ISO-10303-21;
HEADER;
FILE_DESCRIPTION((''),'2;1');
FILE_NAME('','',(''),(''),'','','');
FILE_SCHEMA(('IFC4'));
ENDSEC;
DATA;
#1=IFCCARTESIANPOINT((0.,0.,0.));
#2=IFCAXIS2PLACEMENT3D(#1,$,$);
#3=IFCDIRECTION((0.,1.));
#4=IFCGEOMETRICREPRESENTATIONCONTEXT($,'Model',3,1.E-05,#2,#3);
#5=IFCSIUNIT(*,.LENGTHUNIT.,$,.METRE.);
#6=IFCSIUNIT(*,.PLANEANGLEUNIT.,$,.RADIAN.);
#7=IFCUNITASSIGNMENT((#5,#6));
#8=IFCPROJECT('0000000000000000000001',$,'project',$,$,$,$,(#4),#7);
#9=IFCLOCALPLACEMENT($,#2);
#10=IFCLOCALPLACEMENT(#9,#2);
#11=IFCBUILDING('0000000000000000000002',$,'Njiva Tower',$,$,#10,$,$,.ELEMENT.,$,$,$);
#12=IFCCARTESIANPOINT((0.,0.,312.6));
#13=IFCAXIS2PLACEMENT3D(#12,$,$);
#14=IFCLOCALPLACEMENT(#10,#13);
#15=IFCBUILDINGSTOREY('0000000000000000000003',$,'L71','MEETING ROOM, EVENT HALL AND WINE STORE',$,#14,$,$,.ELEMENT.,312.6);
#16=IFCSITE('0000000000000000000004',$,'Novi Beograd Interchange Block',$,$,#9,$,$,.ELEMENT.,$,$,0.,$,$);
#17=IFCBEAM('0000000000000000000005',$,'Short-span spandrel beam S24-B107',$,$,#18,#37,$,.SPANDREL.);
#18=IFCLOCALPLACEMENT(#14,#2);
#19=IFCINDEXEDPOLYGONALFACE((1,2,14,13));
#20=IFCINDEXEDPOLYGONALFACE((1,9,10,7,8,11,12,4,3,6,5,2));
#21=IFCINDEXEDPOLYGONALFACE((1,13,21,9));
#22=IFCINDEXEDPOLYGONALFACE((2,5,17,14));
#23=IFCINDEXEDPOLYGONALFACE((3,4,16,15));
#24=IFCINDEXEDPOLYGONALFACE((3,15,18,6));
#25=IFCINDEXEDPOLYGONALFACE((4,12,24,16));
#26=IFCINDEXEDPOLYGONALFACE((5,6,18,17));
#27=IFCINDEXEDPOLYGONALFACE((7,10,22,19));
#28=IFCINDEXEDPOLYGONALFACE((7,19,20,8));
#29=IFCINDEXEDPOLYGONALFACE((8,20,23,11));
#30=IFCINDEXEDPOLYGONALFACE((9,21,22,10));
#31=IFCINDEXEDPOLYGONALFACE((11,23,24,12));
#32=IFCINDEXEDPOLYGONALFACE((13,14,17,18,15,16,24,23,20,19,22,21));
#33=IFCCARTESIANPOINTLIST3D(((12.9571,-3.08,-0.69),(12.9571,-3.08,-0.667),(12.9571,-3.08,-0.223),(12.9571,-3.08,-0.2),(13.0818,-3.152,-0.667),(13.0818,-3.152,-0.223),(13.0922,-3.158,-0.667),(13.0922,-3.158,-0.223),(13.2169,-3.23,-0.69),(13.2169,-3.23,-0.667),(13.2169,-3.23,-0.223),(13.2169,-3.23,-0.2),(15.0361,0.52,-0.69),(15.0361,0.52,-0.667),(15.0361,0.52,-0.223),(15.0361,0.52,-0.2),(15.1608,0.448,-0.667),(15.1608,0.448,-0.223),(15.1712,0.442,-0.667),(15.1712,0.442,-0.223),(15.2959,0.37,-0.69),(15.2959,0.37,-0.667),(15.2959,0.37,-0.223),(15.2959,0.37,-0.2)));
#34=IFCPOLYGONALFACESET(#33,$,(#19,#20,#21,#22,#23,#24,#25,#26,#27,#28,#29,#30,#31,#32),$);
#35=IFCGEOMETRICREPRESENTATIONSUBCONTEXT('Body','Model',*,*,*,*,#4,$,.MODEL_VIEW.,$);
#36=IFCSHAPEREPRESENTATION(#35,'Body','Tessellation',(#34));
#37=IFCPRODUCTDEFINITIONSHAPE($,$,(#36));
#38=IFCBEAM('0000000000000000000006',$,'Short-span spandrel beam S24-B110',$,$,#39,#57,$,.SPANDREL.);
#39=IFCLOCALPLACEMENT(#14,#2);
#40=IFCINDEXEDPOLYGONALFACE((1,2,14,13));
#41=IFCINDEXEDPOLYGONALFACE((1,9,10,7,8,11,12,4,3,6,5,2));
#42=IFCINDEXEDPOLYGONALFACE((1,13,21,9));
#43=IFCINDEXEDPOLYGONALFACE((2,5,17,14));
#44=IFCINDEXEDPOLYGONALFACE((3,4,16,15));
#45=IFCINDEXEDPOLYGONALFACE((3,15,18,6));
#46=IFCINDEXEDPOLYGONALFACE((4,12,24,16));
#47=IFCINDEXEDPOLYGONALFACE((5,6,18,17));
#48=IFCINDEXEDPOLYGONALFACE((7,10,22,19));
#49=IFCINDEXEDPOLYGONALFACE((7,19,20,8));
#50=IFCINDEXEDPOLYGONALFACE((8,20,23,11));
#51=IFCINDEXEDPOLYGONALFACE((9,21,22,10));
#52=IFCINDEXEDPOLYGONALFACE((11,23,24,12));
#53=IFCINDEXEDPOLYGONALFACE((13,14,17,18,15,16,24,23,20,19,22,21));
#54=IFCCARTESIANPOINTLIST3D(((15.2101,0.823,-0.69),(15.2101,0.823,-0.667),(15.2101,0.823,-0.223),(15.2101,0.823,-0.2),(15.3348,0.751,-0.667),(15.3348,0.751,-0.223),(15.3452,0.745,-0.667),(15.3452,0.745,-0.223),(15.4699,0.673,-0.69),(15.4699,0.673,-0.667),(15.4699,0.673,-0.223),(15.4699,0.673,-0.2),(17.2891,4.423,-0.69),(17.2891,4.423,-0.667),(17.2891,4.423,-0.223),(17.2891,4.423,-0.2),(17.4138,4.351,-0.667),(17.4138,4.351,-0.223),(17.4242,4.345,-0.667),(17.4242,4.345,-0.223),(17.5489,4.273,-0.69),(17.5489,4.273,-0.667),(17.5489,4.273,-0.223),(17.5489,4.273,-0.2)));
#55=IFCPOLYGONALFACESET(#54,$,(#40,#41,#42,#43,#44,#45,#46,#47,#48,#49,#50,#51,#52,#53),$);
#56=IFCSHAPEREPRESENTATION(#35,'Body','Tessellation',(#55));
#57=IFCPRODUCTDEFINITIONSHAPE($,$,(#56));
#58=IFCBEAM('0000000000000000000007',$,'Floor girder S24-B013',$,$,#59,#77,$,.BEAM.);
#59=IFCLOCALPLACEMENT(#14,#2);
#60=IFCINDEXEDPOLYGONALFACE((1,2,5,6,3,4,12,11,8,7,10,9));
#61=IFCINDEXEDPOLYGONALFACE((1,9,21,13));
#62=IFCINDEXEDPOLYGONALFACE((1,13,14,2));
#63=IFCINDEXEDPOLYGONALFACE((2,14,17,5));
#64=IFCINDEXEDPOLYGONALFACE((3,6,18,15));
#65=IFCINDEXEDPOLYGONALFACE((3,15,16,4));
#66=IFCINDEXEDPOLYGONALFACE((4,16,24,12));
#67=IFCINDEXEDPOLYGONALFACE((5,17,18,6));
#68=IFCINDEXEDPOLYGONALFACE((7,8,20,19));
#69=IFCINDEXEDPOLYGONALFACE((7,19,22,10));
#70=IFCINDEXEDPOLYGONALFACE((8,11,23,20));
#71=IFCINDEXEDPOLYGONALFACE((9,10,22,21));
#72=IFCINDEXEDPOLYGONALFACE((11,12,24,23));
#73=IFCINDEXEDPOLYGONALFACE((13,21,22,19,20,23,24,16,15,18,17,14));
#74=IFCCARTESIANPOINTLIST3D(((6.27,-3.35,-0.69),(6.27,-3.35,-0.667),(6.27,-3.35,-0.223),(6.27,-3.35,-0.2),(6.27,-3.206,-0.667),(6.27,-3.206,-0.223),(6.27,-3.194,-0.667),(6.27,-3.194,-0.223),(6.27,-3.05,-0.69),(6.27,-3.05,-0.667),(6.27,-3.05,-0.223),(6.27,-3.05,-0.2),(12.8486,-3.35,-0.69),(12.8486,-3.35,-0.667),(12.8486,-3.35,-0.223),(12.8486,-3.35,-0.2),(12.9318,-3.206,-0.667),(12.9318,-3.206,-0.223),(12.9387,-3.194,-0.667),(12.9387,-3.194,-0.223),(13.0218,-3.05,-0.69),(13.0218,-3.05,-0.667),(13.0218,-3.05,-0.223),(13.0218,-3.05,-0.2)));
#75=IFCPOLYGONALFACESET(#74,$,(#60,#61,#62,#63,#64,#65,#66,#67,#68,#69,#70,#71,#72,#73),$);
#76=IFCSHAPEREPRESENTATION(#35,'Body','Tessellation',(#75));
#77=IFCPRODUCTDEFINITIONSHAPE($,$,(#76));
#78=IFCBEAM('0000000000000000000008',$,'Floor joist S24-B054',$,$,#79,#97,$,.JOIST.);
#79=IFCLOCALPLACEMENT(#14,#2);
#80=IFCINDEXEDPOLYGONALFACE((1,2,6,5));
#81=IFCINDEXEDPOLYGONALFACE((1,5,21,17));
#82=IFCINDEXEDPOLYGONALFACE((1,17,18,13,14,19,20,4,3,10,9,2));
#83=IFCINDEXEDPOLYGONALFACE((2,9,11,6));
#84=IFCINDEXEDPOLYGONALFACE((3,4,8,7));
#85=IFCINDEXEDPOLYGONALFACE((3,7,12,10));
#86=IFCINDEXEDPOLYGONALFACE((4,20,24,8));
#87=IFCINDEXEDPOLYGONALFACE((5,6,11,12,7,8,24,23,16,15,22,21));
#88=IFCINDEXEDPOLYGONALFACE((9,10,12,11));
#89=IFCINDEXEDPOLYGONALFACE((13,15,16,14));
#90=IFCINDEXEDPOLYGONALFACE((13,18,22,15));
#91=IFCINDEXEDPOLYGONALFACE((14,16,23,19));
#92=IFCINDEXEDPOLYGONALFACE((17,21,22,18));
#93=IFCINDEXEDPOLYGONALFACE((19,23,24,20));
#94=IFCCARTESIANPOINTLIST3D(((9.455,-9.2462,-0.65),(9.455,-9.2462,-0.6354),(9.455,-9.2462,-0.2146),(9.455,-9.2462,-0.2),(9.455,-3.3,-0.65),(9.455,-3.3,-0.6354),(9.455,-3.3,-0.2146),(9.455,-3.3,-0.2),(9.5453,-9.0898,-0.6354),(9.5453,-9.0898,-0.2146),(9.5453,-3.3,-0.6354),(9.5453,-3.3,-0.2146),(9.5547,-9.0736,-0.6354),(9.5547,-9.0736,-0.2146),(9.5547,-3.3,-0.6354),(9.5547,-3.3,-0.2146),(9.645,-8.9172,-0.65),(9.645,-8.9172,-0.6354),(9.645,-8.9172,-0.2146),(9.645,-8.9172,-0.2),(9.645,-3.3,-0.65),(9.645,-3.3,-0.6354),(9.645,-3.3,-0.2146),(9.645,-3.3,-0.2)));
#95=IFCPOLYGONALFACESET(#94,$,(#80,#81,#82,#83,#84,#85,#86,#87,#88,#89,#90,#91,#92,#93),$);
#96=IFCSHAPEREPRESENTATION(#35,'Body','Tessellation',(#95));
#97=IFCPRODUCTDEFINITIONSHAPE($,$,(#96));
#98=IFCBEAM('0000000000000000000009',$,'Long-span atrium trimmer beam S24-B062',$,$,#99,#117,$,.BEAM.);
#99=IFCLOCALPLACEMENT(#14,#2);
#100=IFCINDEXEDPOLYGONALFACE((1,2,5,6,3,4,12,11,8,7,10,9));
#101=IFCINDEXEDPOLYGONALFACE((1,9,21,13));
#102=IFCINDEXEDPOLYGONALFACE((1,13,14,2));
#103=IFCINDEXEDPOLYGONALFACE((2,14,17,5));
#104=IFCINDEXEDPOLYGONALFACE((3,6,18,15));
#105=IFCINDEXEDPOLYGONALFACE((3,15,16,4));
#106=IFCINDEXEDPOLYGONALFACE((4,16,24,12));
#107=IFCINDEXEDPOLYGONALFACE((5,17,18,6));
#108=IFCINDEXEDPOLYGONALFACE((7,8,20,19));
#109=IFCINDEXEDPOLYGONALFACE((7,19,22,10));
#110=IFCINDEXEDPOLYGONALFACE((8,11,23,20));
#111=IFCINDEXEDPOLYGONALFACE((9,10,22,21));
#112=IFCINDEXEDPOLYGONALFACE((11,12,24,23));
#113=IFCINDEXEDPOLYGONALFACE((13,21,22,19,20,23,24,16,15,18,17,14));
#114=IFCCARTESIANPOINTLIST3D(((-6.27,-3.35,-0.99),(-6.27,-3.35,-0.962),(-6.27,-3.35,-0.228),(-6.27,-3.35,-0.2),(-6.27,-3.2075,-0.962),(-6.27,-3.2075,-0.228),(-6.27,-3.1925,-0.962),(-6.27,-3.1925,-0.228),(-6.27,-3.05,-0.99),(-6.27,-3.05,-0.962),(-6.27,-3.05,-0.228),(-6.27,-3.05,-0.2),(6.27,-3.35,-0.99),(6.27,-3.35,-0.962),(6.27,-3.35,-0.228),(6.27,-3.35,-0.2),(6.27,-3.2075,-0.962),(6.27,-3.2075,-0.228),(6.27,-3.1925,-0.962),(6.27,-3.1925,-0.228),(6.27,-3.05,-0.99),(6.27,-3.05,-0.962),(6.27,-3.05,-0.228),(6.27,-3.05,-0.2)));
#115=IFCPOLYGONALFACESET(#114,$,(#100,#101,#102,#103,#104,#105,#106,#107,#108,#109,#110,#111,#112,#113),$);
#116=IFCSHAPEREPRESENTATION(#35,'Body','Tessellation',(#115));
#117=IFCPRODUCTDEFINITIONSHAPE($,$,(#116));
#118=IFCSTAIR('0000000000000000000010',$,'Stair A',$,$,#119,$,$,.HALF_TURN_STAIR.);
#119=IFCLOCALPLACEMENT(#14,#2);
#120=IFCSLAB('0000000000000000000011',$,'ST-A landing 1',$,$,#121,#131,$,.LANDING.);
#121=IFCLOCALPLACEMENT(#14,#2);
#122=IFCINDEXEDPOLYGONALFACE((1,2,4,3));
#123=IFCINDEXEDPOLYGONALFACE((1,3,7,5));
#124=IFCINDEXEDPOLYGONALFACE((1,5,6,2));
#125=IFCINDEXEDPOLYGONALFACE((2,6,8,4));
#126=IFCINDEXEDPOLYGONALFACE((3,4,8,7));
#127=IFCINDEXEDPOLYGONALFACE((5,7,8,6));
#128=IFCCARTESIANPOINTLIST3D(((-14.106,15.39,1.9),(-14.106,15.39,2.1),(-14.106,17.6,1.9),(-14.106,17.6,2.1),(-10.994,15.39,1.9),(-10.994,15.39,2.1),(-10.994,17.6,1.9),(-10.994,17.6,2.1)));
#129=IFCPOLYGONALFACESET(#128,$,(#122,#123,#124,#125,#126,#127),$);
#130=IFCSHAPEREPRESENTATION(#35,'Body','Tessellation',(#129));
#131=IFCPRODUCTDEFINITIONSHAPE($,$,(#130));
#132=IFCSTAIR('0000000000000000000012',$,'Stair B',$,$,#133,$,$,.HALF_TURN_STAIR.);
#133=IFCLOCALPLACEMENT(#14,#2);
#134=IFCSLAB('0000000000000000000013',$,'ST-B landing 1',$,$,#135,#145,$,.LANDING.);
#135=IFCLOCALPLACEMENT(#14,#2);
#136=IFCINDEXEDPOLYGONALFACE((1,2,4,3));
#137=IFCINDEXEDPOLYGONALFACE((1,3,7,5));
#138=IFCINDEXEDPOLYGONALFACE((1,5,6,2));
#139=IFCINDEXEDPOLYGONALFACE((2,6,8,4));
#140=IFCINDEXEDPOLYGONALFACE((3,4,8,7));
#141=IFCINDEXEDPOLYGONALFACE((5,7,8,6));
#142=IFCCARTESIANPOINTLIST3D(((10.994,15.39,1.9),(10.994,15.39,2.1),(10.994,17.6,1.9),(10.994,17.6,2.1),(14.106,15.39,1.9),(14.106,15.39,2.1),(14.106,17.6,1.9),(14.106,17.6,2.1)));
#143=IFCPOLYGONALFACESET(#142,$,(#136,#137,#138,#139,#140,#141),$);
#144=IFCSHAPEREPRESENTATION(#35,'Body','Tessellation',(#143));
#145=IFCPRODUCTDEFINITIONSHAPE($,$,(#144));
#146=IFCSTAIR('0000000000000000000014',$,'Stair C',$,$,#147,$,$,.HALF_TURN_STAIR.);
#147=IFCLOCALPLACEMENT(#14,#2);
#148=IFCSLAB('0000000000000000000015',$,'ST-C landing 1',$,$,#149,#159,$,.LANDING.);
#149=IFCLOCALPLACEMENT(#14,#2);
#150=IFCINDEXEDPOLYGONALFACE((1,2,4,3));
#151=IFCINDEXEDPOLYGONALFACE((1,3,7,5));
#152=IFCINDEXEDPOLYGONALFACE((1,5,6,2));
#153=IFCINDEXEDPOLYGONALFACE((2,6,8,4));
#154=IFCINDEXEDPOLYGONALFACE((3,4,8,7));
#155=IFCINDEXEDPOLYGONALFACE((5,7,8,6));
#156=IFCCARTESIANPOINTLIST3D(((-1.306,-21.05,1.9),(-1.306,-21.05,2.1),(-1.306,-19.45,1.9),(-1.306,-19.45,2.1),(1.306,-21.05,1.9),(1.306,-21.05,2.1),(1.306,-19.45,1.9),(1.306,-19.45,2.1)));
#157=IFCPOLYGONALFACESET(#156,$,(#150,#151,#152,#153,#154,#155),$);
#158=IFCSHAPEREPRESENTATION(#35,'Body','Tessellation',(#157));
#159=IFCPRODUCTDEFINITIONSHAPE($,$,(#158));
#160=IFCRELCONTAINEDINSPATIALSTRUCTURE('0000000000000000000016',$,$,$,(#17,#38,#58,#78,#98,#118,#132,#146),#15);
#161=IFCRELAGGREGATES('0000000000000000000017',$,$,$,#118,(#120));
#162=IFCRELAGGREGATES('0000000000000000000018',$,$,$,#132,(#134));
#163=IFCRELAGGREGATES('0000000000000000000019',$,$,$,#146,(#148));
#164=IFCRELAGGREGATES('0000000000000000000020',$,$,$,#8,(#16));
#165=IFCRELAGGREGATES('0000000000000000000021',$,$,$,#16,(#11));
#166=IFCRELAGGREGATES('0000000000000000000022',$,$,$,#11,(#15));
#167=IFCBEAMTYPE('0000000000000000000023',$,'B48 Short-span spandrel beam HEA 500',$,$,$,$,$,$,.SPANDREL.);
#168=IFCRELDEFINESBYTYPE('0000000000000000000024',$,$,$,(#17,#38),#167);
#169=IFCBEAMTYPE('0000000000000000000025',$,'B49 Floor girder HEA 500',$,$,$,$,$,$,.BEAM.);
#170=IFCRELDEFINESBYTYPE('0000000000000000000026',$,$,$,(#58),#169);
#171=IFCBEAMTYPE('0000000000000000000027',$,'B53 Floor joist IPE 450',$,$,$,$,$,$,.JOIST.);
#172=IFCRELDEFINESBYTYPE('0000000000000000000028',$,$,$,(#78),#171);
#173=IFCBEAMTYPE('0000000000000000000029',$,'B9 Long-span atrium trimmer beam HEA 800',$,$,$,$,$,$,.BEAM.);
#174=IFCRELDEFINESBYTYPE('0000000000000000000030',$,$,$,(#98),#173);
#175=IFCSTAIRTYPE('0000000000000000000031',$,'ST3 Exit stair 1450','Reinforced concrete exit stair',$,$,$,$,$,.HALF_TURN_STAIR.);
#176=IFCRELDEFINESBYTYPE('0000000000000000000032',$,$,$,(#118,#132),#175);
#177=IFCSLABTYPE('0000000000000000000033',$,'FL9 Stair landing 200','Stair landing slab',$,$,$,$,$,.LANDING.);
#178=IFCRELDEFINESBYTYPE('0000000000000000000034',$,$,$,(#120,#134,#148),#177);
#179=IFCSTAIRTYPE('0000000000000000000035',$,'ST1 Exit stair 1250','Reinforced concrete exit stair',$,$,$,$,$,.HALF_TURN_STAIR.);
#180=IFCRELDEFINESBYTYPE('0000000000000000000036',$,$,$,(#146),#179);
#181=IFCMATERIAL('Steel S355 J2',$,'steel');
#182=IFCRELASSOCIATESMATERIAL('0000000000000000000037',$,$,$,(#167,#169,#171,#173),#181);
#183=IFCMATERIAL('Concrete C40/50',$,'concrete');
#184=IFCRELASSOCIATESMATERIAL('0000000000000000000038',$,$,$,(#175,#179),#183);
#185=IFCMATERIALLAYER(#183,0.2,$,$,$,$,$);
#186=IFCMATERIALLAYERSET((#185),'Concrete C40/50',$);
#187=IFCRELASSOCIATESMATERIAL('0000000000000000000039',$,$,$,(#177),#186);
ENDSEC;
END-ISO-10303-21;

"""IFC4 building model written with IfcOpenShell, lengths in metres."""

from ifc_helpers import new_model, si_unit, direction, frame, origin, origin_2d, place, context, subcontext, project, spatial, polyline, i_section, outline, extrude, clip, halfspace, material, layer, layer_set, material_profile, profile_set, type_object, element, aggregate, save


model = new_model("IFC4")

# Units and contexts
model_context = context("Model", 3, precision=1e-05, world=origin(), true_north=direction((0.0, 1.0)))
body_context = subcontext(model_context, "Body", "Model", "MODEL_VIEW")
ifc_project = project(units=[si_unit("LENGTHUNIT", "METRE"), si_unit("PLANEANGLEUNIT", "RADIAN")], contexts=[model_context])

# Site, building, storey
site_placement = place(None, origin())
site = spatial("IfcSite", under=ifc_project, at=site_placement, Name="Novi Beograd Interchange Block", CompositionType="ELEMENT", RefElevation=0.0)
building_placement = place(site_placement, origin())
building = spatial("IfcBuilding", under=site, at=building_placement, Name="Njiva Tower", CompositionType="ELEMENT")
storey_placement = place(building_placement, frame((0.0, 0.0, 312.6)))
storey = spatial("IfcBuildingStorey", under=building, at=storey_placement, Name="L71", Description="MEETING ROOM, EVENT HALL AND WINE STORE", CompositionType="ELEMENT", Elevation=312.6)

# Shared definitions
ifc_material_1 = material(Name="Steel S355 J2", Category="steel")

# Beams
ifc_material_profile_1 = material_profile(ifc_material_1, i_section(OverallWidth=0.3, OverallDepth=0.49, WebThickness=0.012, FlangeThickness=0.023, at=origin_2d()), Name="HEA 500")
ifc_profile_set_1 = profile_set([ifc_material_profile_1], Name="Steel S355 J2")
beam_type_1 = type_object("IfcBeamType", Name="B48 Short-span spandrel beam HEA 500", PredefinedType="SPANDREL", material=ifc_profile_set_1)
for number, where, z_axis, x_axis, name in (
    (1, (13.087, -3.155, -0.445), (0.500097, 0.865969, 0.0), (-0.865969, 0.500097, 0.0), "Short-span spandrel beam S24-B107"),
    (2, (15.34, 0.748, -0.445), (0.500097, 0.865969, 0.0), (-0.865969, 0.500097, 0.0), "Short-span spandrel beam S24-B110"),
):
    element("IfcBeam", number, at=place(storey_placement, frame(where, z_axis=z_axis, x_axis=x_axis)), inside=storey, type_object=beam_type_1, Name=name, PredefinedType="SPANDREL", context=body_context, shape_type="SweptSolid", body=[
        extrude(i_section(OverallWidth=0.3, OverallDepth=0.49, WebThickness=0.012, FlangeThickness=0.023, at=origin_2d()), origin(), (0.0, 0.0, 1.0), 4.1572),
    ])
ifc_material_profile_2 = material_profile(ifc_material_1, i_section(OverallWidth=0.3, OverallDepth=0.49, WebThickness=0.012, FlangeThickness=0.023, at=origin_2d()), Name="HEA 500")
ifc_profile_set_2 = profile_set([ifc_material_profile_2], Name="Steel S355 J2")
beam_type_2 = type_object("IfcBeamType", Name="B49 Floor girder HEA 500", PredefinedType="BEAM", material=ifc_profile_set_2)
beam_1_placement = place(storey_placement, frame((6.27, -3.2, -0.445), z_axis=(1.0, 0.0, 0.0), x_axis=(0.0, 1.0, 0.0)))
element("IfcBeam", 3, at=beam_1_placement, inside=storey, type_object=beam_type_2, Name="Floor girder S24-B013", PredefinedType="BEAM", context=body_context, shape_type="Clipping", body=[
    clip(extrude(i_section(OverallWidth=0.3, OverallDepth=0.49, WebThickness=0.012, FlangeThickness=0.023, at=origin_2d()), origin(), (0.0, 0.0, 1.0), 6.772), halfspace(frame((-0.025, 0.0, 6.6508), z_axis=(-0.499998, 0.0, 0.866027), x_axis=(0.0, 1.0, 0.0)), False)),
])
ifc_material_profile_3 = material_profile(ifc_material_1, i_section(OverallWidth=0.19, OverallDepth=0.45, WebThickness=0.0094, FlangeThickness=0.0146, at=origin_2d()), Name="IPE 450")
ifc_profile_set_3 = profile_set([ifc_material_profile_3], Name="Steel S355 J2")
beam_type_3 = type_object("IfcBeamType", Name="B53 Floor joist IPE 450", PredefinedType="JOIST", material=ifc_profile_set_3)
beam_2_placement = place(storey_placement, frame((9.55, -3.3, -0.425), z_axis=(0.0, -1.0, 0.0), x_axis=(1.0, 0.0, 0.0)))
element("IfcBeam", 4, at=beam_2_placement, inside=storey, type_object=beam_type_3, Name="Floor joist S24-B054", PredefinedType="JOIST", context=body_context, shape_type="Clipping", body=[
    clip(extrude(i_section(OverallWidth=0.19, OverallDepth=0.45, WebThickness=0.0094, FlangeThickness=0.0146, at=origin_2d()), origin(), (0.0, 0.0, 1.0), 5.967), halfspace(frame((0.0433, 0.0, 5.7067), z_axis=(0.866027, 0.0, 0.499998), x_axis=(0.0, 1.0, 0.0)), False)),
])
ifc_material_profile_4 = material_profile(ifc_material_1, i_section(OverallWidth=0.3, OverallDepth=0.79, WebThickness=0.015, FlangeThickness=0.028, at=origin_2d()), Name="HEA 800")
ifc_profile_set_4 = profile_set([ifc_material_profile_4], Name="Steel S355 J2")
beam_type_4 = type_object("IfcBeamType", Name="B9 Long-span atrium trimmer beam HEA 800", PredefinedType="BEAM", material=ifc_profile_set_4)
beam_3_placement = place(storey_placement, frame((6.27, -3.2, -0.595), z_axis=(-1.0, 0.0, 0.0), x_axis=(0.0, -1.0, 0.0)))
element("IfcBeam", 5, at=beam_3_placement, inside=storey, type_object=beam_type_4, Name="Long-span atrium trimmer beam S24-B062", PredefinedType="BEAM", context=body_context, shape_type="SweptSolid", body=[
    extrude(i_section(OverallWidth=0.3, OverallDepth=0.79, WebThickness=0.015, FlangeThickness=0.028, at=origin_2d()), origin(), (0.0, 0.0, 1.0), 12.54),
])

# Stairs, slabs
ifc_material_2 = material(Name="Concrete C40/50", Category="concrete")
stair_type_1 = type_object("IfcStairType", Name="ST3 Exit stair 1450", Description="Reinforced concrete exit stair", PredefinedType="HALF_TURN_STAIR", material=ifc_material_2)
stair_1_placement = place(storey_placement, origin())
stair_1 = element("IfcStair", 6, at=stair_1_placement, inside=storey, type_object=stair_type_1, Name="Stair A", PredefinedType="HALF_TURN_STAIR")
ifc_layer_1 = layer(ifc_material_2, 0.2)
ifc_layer_set_1 = layer_set([ifc_layer_1], Name="Concrete C40/50")
slab_type_1 = type_object("IfcSlabType", Name="FL9 Stair landing 200", Description="Stair landing slab", PredefinedType="LANDING", material=ifc_layer_set_1)
slab_1_placement = place(storey_placement, frame((0.0, 0.0, 1.9)))
slab_1 = element("IfcSlab", 7, at=slab_1_placement, type_object=slab_type_1, Name="ST-A landing 1", PredefinedType="LANDING", context=body_context, shape_type="SweptSolid", body=[
    extrude(outline(polyline([(-14.106, 15.39), (-10.994, 15.39), (-10.994, 17.6), (-14.106, 17.6), (-14.106, 15.39)])), origin(), (0.0, 0.0, 1.0), 0.2),
])
aggregate(stair_1, [slab_1])
stair_2_placement = place(storey_placement, origin())
stair_2 = element("IfcStair", 8, at=stair_2_placement, inside=storey, type_object=stair_type_1, Name="Stair B", PredefinedType="HALF_TURN_STAIR")
slab_2_placement = place(storey_placement, frame((0.0, 0.0, 1.9)))
slab_2 = element("IfcSlab", 9, at=slab_2_placement, type_object=slab_type_1, Name="ST-B landing 1", PredefinedType="LANDING", context=body_context, shape_type="SweptSolid", body=[
    extrude(outline(polyline([(10.994, 15.39), (14.106, 15.39), (14.106, 17.6), (10.994, 17.6), (10.994, 15.39)])), origin(), (0.0, 0.0, 1.0), 0.2),
])
aggregate(stair_2, [slab_2])
stair_type_2 = type_object("IfcStairType", Name="ST1 Exit stair 1250", Description="Reinforced concrete exit stair", PredefinedType="HALF_TURN_STAIR", material=ifc_material_2)
stair_3_placement = place(storey_placement, origin())
stair_3 = element("IfcStair", 10, at=stair_3_placement, inside=storey, type_object=stair_type_2, Name="Stair C", PredefinedType="HALF_TURN_STAIR")
slab_3_placement = place(storey_placement, frame((0.0, 0.0, 1.9)))
slab_3 = element("IfcSlab", 11, at=slab_3_placement, type_object=slab_type_1, Name="ST-C landing 1", PredefinedType="LANDING", context=body_context, shape_type="SweptSolid", body=[
    extrude(outline(polyline([(-1.306, -21.05), (1.306, -21.05), (1.306, -19.45), (-1.306, -19.45), (-1.306, -21.05)])), origin(), (0.0, 0.0, 1.0), 0.2),
])
aggregate(stair_3, [slab_3])

save(model, "model.ifc")
